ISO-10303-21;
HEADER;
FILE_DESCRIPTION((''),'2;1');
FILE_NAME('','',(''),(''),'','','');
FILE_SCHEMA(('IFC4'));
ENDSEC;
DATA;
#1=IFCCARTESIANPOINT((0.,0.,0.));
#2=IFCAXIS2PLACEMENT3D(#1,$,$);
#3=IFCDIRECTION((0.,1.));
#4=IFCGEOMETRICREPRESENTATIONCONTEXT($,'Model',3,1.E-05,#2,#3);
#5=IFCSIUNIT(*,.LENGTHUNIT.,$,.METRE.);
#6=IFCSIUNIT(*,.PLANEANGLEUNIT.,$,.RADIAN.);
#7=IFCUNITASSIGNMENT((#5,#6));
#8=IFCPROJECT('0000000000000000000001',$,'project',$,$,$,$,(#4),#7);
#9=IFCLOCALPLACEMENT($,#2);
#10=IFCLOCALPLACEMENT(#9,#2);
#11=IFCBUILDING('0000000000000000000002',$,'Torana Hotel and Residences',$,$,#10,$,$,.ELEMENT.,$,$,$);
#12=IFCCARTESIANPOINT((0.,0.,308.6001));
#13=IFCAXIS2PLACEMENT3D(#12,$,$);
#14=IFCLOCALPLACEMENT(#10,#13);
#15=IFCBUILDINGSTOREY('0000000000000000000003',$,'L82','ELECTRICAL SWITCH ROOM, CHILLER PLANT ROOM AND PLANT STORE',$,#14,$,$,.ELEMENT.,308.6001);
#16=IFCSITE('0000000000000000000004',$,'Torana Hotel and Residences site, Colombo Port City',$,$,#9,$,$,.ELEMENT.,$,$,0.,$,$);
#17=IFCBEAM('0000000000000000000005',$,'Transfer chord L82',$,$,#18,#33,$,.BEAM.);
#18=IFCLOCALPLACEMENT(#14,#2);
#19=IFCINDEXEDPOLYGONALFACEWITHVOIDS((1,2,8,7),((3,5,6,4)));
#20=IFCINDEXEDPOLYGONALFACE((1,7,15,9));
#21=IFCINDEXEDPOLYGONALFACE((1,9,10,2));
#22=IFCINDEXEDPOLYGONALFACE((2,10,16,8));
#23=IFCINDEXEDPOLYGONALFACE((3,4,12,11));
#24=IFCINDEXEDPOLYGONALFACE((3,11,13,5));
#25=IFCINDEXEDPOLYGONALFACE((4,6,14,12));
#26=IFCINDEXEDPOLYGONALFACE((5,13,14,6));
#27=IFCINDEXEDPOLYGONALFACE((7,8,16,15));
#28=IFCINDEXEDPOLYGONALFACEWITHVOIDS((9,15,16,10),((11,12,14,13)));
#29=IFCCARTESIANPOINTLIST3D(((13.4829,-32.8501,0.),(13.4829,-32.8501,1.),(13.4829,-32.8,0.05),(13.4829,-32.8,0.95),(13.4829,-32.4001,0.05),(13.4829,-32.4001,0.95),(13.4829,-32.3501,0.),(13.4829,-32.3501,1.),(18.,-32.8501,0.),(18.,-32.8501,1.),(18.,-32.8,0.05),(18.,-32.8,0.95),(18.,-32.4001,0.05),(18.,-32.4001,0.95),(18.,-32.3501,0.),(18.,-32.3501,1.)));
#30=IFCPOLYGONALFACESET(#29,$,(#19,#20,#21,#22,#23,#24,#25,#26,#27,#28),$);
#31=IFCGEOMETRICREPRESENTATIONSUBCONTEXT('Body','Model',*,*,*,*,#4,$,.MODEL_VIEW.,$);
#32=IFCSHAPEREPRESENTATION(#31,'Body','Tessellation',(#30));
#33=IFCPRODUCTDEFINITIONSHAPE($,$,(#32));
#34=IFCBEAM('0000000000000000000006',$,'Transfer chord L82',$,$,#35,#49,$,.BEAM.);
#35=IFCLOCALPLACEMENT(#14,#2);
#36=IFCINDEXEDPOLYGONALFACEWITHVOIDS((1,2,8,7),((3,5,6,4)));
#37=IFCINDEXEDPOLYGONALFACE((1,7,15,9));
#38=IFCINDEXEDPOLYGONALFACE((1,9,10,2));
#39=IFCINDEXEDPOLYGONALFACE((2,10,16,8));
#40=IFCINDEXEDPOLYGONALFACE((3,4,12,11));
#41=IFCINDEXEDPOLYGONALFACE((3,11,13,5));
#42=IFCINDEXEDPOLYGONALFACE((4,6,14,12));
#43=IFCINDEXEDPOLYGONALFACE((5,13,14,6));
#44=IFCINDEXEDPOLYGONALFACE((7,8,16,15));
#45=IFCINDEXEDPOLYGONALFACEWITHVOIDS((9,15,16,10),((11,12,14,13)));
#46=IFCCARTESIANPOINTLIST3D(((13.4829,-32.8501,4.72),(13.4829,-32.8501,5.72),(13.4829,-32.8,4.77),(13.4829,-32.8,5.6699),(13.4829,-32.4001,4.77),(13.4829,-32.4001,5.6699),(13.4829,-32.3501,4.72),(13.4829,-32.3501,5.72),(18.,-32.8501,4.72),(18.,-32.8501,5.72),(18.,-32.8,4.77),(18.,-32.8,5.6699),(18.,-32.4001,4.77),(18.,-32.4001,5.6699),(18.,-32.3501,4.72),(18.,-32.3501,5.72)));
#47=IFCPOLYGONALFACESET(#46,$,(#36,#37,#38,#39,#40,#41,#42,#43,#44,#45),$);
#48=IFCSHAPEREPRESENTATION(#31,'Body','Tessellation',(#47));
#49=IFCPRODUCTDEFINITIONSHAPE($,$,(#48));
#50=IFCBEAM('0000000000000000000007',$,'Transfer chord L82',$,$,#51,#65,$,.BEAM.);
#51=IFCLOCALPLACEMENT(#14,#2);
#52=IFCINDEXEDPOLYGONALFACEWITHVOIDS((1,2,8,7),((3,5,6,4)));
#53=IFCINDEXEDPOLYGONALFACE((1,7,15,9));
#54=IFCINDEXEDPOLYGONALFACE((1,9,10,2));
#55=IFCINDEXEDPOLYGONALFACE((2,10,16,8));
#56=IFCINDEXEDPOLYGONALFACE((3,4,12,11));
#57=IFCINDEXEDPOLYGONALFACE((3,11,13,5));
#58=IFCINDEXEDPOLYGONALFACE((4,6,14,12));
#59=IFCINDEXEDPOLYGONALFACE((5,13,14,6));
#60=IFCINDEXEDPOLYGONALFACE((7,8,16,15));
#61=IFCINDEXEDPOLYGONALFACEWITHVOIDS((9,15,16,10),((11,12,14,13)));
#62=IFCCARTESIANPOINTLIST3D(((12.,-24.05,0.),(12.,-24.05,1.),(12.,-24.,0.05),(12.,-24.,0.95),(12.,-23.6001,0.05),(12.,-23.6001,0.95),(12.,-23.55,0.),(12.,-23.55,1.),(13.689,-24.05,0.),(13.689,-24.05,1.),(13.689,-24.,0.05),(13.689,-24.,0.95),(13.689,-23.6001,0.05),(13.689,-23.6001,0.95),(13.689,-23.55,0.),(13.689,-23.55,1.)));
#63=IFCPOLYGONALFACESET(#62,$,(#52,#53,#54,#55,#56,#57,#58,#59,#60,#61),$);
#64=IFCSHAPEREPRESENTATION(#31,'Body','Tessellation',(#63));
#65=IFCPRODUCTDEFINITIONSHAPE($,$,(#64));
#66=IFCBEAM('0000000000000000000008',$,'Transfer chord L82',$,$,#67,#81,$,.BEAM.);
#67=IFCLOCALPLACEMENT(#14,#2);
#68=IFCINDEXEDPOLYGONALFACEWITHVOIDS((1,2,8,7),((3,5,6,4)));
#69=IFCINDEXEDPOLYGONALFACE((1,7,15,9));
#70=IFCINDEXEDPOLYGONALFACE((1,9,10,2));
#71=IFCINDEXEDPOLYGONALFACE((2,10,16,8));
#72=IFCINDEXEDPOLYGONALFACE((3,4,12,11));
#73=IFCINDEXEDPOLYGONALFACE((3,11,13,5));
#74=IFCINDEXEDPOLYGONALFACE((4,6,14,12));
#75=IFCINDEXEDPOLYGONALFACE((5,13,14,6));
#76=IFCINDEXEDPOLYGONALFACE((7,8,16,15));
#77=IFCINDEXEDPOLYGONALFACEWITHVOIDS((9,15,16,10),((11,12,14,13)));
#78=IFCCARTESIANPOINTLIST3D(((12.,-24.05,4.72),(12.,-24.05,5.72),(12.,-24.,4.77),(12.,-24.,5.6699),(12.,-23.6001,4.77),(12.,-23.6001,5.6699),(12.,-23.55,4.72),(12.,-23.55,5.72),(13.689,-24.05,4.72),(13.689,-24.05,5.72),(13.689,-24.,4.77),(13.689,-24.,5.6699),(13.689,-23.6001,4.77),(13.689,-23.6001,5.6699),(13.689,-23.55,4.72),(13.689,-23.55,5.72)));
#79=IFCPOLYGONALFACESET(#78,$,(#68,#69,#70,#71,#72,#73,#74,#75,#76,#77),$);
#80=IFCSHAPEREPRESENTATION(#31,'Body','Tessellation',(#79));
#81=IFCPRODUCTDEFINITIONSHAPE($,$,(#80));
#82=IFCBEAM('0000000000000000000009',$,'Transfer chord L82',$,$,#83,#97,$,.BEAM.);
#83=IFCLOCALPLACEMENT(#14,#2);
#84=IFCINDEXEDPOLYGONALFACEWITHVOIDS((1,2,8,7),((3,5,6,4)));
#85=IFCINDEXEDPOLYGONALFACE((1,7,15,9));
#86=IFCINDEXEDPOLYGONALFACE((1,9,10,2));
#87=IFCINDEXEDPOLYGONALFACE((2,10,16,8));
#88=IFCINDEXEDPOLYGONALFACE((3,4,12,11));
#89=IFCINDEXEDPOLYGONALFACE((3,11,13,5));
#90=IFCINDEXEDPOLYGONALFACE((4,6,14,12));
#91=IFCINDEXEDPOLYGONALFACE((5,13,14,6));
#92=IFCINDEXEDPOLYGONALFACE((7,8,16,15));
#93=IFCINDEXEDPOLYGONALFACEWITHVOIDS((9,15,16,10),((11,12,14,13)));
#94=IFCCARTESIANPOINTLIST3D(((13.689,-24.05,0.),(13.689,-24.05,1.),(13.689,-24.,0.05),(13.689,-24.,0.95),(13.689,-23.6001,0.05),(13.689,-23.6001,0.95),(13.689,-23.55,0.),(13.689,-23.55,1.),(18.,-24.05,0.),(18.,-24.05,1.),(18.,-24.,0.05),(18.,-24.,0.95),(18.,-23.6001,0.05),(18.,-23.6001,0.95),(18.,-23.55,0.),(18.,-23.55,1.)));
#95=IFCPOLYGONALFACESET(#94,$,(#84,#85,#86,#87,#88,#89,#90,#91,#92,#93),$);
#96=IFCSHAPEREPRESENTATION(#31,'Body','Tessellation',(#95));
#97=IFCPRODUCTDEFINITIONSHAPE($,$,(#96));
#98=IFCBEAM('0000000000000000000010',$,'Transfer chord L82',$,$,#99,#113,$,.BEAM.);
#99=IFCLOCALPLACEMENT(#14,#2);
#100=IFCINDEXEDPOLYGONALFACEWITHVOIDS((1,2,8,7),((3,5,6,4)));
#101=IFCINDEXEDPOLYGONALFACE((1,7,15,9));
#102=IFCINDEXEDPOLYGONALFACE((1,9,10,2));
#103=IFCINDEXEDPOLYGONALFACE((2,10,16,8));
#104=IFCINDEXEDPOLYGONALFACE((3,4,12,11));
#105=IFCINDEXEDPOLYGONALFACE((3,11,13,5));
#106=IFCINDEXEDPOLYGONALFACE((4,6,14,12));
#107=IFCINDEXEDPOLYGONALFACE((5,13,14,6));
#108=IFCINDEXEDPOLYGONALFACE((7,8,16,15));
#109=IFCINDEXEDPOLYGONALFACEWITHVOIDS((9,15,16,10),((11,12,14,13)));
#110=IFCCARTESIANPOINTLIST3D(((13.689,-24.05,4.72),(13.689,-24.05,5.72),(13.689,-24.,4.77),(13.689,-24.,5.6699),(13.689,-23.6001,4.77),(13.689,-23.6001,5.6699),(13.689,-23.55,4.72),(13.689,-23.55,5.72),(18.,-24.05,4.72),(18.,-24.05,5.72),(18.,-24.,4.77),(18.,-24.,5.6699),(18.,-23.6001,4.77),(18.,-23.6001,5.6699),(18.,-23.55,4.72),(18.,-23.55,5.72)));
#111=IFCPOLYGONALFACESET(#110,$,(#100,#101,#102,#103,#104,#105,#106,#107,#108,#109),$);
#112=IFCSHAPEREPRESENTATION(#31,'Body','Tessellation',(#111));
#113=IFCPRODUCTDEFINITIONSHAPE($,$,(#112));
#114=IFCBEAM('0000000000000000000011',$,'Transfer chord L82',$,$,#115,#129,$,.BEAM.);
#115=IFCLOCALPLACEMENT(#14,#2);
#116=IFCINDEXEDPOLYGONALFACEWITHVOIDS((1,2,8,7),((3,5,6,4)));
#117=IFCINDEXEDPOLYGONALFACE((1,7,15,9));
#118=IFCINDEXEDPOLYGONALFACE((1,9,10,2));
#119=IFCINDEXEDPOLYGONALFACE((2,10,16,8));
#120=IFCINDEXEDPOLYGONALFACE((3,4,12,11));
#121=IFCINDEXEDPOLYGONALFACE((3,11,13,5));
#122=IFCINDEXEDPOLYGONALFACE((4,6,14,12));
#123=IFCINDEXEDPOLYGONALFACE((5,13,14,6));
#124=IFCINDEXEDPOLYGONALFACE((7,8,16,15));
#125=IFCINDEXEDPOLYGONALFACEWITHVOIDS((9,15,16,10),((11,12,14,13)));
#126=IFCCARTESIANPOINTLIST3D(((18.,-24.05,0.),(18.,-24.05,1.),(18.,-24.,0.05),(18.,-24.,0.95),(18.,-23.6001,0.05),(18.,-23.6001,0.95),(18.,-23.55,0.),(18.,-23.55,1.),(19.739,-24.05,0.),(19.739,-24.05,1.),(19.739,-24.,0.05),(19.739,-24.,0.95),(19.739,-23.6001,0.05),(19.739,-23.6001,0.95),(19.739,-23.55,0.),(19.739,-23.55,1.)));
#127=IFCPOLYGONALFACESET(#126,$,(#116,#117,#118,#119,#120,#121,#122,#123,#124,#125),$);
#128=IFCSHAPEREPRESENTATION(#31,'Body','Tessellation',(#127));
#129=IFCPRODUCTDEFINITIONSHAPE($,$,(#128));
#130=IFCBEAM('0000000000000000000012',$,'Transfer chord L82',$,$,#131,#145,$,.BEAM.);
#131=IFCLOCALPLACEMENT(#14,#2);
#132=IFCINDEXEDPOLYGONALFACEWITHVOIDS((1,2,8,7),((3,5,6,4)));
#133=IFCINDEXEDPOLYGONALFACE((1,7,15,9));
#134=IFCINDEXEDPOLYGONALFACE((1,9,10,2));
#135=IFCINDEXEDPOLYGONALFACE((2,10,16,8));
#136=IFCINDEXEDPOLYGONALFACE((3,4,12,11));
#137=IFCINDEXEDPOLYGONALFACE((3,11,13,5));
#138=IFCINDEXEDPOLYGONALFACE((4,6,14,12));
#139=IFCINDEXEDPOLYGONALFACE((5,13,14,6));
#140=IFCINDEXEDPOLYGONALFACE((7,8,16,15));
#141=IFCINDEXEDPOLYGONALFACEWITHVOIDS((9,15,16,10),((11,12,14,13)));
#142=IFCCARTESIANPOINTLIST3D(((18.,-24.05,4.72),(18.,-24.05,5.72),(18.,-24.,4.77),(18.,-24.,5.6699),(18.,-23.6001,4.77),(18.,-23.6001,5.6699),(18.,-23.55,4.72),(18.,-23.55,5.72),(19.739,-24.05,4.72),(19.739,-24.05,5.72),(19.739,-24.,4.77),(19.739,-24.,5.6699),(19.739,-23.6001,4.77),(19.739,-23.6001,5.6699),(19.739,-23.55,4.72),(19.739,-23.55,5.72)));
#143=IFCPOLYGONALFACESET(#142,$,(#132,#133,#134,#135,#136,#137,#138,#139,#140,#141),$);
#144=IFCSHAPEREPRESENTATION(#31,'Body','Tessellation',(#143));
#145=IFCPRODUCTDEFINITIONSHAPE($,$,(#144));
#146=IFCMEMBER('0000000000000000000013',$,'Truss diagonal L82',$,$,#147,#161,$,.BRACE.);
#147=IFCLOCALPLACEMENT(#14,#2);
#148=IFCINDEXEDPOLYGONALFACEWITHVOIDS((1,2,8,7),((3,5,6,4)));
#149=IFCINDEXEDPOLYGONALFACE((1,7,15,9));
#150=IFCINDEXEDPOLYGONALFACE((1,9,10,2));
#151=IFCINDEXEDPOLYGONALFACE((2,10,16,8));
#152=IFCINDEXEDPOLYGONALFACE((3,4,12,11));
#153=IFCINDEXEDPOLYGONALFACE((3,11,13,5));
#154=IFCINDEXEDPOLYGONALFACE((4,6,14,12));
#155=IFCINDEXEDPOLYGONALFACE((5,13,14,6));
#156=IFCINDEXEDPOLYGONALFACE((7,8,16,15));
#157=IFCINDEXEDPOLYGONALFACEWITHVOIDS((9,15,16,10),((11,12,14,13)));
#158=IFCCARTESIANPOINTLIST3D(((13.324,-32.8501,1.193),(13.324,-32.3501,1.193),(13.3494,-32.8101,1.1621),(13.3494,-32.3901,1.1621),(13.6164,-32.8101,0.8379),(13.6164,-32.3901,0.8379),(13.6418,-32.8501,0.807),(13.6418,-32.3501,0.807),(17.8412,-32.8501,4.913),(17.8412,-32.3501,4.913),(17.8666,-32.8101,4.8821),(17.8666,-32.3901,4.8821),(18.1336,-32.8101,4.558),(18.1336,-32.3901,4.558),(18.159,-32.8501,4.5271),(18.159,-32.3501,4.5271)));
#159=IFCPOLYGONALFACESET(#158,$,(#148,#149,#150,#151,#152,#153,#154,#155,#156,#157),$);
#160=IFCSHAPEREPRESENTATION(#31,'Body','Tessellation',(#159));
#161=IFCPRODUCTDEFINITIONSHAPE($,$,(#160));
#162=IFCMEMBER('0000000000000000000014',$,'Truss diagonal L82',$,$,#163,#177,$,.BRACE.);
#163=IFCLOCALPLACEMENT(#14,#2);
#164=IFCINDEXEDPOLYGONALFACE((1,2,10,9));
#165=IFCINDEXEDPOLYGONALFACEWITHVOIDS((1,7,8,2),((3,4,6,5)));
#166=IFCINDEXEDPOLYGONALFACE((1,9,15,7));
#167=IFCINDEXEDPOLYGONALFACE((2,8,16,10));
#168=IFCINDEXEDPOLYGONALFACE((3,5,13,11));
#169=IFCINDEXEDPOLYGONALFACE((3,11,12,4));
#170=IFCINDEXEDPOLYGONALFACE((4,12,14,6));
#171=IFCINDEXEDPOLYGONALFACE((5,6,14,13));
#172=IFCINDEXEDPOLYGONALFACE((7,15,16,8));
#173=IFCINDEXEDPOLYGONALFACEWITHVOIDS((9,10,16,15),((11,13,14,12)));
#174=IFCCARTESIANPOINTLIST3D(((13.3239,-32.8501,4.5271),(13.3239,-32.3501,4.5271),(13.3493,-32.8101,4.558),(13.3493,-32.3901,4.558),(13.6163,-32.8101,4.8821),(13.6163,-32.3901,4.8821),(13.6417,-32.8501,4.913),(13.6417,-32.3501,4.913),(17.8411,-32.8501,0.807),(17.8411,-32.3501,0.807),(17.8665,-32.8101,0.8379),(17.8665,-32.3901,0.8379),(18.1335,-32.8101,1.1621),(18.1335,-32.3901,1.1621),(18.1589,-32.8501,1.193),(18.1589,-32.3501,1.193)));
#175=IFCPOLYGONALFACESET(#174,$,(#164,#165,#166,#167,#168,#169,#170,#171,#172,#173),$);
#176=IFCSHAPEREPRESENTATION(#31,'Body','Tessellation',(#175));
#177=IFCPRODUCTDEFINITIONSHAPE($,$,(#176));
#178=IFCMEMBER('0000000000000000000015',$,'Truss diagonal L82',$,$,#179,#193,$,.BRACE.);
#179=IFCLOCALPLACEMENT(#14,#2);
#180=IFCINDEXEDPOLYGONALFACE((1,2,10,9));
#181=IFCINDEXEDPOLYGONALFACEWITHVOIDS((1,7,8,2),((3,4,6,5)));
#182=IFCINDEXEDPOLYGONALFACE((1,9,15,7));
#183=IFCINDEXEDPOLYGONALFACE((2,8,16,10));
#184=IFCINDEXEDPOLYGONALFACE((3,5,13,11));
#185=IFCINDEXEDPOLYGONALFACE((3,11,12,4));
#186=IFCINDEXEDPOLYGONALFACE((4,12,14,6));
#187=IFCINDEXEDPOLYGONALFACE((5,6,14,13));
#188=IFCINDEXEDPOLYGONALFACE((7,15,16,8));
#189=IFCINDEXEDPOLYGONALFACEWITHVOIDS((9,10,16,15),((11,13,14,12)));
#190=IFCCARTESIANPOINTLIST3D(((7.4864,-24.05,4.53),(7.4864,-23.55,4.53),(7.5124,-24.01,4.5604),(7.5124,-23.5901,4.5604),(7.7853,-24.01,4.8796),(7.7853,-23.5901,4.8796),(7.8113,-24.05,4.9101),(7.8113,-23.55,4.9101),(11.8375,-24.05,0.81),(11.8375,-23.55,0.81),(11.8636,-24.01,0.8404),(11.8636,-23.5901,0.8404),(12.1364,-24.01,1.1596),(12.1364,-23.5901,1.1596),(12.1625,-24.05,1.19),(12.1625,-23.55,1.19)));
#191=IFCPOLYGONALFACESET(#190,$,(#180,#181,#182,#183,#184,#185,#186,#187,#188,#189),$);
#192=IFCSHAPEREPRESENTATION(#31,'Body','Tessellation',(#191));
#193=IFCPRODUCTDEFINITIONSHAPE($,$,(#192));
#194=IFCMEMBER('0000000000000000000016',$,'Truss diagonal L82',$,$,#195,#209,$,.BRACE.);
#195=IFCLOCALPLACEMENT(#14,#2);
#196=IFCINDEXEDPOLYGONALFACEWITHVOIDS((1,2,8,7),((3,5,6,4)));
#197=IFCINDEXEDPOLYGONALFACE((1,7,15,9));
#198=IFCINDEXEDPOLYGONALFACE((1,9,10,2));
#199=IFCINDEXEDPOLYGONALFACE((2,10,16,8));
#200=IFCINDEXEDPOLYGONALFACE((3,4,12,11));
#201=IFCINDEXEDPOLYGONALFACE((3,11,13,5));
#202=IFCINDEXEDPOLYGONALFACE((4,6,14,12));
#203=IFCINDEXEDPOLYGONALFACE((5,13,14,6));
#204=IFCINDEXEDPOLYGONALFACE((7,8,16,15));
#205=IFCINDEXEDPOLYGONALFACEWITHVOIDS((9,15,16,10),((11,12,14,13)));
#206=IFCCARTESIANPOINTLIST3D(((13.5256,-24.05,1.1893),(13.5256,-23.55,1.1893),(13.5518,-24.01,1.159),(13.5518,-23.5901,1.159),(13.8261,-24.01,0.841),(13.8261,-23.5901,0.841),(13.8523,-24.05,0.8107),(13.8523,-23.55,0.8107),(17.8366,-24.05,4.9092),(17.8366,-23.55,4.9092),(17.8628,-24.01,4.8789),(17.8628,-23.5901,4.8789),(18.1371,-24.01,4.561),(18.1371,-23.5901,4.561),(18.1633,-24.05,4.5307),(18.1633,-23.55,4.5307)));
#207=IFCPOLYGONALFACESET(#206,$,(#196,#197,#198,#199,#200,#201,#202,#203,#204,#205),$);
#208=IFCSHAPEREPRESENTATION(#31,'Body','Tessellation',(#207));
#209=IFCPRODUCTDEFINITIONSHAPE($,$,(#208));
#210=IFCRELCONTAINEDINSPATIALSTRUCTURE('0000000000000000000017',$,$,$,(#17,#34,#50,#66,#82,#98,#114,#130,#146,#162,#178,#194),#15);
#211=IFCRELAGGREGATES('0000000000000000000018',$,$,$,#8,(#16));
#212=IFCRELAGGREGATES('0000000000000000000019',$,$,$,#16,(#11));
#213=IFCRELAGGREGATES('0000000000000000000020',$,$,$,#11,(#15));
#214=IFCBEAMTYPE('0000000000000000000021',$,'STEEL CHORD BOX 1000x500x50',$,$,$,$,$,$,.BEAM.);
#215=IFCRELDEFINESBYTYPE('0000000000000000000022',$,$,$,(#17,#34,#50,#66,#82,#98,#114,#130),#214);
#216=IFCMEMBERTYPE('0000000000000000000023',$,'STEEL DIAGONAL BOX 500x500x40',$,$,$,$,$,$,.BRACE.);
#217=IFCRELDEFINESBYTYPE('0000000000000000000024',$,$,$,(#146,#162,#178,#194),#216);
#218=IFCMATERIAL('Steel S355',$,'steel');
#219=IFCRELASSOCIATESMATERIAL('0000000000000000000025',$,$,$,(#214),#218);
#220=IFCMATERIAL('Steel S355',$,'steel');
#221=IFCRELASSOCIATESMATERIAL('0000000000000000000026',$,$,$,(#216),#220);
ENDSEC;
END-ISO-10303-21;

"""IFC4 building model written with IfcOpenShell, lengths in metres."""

from ifc_helpers import new_model, si_unit, direction, frame, origin, origin_2d, place, context, subcontext, project, spatial, hollow_rectangle, extrude, material, material_profile, profile_set, type_object, element, save


model = new_model("IFC4")

# Units and contexts
model_context = context("Model", 3, precision=1e-05, world=origin(), true_north=direction((0.0, 1.0)))
body_context = subcontext(model_context, "Body", "Model", "MODEL_VIEW")
ifc_project = project(units=[si_unit("LENGTHUNIT", "METRE"), si_unit("PLANEANGLEUNIT", "RADIAN")], contexts=[model_context])

# Site, building, storey
site_placement = place(None, origin())
site = spatial("IfcSite", under=ifc_project, at=site_placement, Name="Torana Hotel and Residences site, Colombo Port City", CompositionType="ELEMENT", RefElevation=0.0)
building_placement = place(site_placement, origin())
building = spatial("IfcBuilding", under=site, at=building_placement, Name="Torana Hotel and Residences", CompositionType="ELEMENT")
storey_placement = place(building_placement, frame((0.0, 0.0, 308.6001)))
storey = spatial("IfcBuildingStorey", under=building, at=storey_placement, Name="L82", Description="ELECTRICAL SWITCH ROOM, CHILLER PLANT ROOM AND PLANT STORE", CompositionType="ELEMENT", Elevation=308.6001)

# Beams
ifc_material_1 = material(Name="Steel S355", Category="steel")
ifc_material_profile_1 = material_profile(ifc_material_1, hollow_rectangle(XDim=0.5, YDim=1.0, WallThickness=0.05, at=origin_2d()), Name="BOX 1000x500x50")
ifc_profile_set_1 = profile_set([ifc_material_profile_1], Name="Steel S355")
beam_type = type_object("IfcBeamType", Name="STEEL CHORD BOX 1000x500x50", PredefinedType="BEAM", material=ifc_profile_set_1)
for number, where, z_axis, x_axis, name in (
    (1, (13.4829, -32.6001, 0.5), (1.0, 0.0, 0.0), (0.0, 1.0, 0.0), "Transfer chord L82"),
    (2, (13.4829, -32.6001, 5.22), (1.0, 0.0, 0.0), (0.0, 1.0, 0.0), "Transfer chord L82"),
):
    element("IfcBeam", number, at=place(storey_placement, frame(where, z_axis=z_axis, x_axis=x_axis)), inside=storey, type_object=beam_type, Name=name, PredefinedType="BEAM", context=body_context, shape_type="SweptSolid", body=[
        extrude(hollow_rectangle(XDim=0.5, YDim=1.0, WallThickness=0.05, at=origin_2d()), origin(), (0.0, 0.0, 1.0), 4.5171),
    ])
for number, where, z_axis, x_axis, name in (
    (3, (12.0, -23.8, 0.5), (1.0, 0.0, 0.0), (0.0, 1.0, 0.0), "Transfer chord L82"),
    (4, (12.0, -23.8, 5.22), (1.0, 0.0, 0.0), (0.0, 1.0, 0.0), "Transfer chord L82"),
):
    element("IfcBeam", number, at=place(storey_placement, frame(where, z_axis=z_axis, x_axis=x_axis)), inside=storey, type_object=beam_type, Name=name, PredefinedType="BEAM", context=body_context, shape_type="SweptSolid", body=[
        extrude(hollow_rectangle(XDim=0.5, YDim=1.0, WallThickness=0.05, at=origin_2d()), origin(), (0.0, 0.0, 1.0), 1.689),
    ])
for number, where, z_axis, x_axis, name in (
    (5, (13.689, -23.8, 0.5), (1.0, 0.0, 0.0), (0.0, 1.0, 0.0), "Transfer chord L82"),
    (6, (13.689, -23.8, 5.22), (1.0, 0.0, 0.0), (0.0, 1.0, 0.0), "Transfer chord L82"),
):
    element("IfcBeam", number, at=place(storey_placement, frame(where, z_axis=z_axis, x_axis=x_axis)), inside=storey, type_object=beam_type, Name=name, PredefinedType="BEAM", context=body_context, shape_type="SweptSolid", body=[
        extrude(hollow_rectangle(XDim=0.5, YDim=1.0, WallThickness=0.05, at=origin_2d()), origin(), (0.0, 0.0, 1.0), 4.311),
    ])
for number, where, z_axis, x_axis, name in (
    (7, (18.0, -23.8, 0.5), (1.0, 0.0, 0.0), (0.0, 1.0, 0.0), "Transfer chord L82"),
    (8, (18.0, -23.8, 5.22), (1.0, 0.0, 0.0), (0.0, 1.0, 0.0), "Transfer chord L82"),
):
    element("IfcBeam", number, at=place(storey_placement, frame(where, z_axis=z_axis, x_axis=x_axis)), inside=storey, type_object=beam_type, Name=name, PredefinedType="BEAM", context=body_context, shape_type="SweptSolid", body=[
        extrude(hollow_rectangle(XDim=0.5, YDim=1.0, WallThickness=0.05, at=origin_2d()), origin(), (0.0, 0.0, 1.0), 1.739),
    ])

# Members
ifc_material_2 = material(Name="Steel S355", Category="steel")
ifc_material_profile_2 = material_profile(ifc_material_2, hollow_rectangle(XDim=0.5, YDim=0.5, WallThickness=0.04, at=origin_2d()), Name="BOX 500x500x40")
ifc_profile_set_2 = profile_set([ifc_material_profile_2], Name="Steel S355")
member_type_1 = type_object("IfcMemberType", Name="STEEL DIAGONAL BOX 500x500x40", PredefinedType="BRACE", material=ifc_profile_set_2)
for number, where, z_axis, x_axis, name in (
    (9, (13.4829, -32.6001, 1.0), (0.771929, 0.0, 0.635709), (0.0, 1.0, 0.0), "Truss diagonal L82"),
    (10, (18.0, -32.6001, 1.0), (-0.771929, 0.0, 0.635709), (0.0, -1.0, 0.0), "Truss diagonal L82"),
):
    element("IfcMember", number, at=place(storey_placement, frame(where, z_axis=z_axis, x_axis=x_axis)), inside=storey, type_object=member_type_1, Name=name, PredefinedType="BRACE", context=body_context, shape_type="SweptSolid", body=[
        extrude(hollow_rectangle(XDim=0.5, YDim=0.5, WallThickness=0.04, at=origin_2d()), origin(), (0.0, 0.0, 1.0), 5.8518),
    ])
member_placement = place(storey_placement, frame((12.0, -23.8, 1.0), z_axis=(-0.760078, 0.0, 0.649832), x_axis=(0.0, -1.0, 0.0)))
element("IfcMember", 11, at=member_placement, inside=storey, type_object=member_type_1, Name="Truss diagonal L82", PredefinedType="BRACE", context=body_context, shape_type="SweptSolid", body=[
    extrude(hollow_rectangle(XDim=0.5, YDim=0.5, WallThickness=0.04, at=origin_2d()), origin(), (0.0, 0.0, 1.0), 5.7246),
])
for number, where, z_axis, x_axis, name in (
    (12, (13.689, -23.8, 1.0), (0.757101, 0.0, 0.653298), (0.0, 1.0, 0.0), "Truss diagonal L82"),
):
    element("IfcMember", number, at=place(storey_placement, frame(where, z_axis=z_axis, x_axis=x_axis)), inside=storey, type_object=member_type_1, Name=name, PredefinedType="BRACE", context=body_context, shape_type="SweptSolid", body=[
        extrude(hollow_rectangle(XDim=0.5, YDim=0.5, WallThickness=0.04, at=origin_2d()), origin(), (0.0, 0.0, 1.0), 5.6941),
    ])

save(model, "model.ifc")
